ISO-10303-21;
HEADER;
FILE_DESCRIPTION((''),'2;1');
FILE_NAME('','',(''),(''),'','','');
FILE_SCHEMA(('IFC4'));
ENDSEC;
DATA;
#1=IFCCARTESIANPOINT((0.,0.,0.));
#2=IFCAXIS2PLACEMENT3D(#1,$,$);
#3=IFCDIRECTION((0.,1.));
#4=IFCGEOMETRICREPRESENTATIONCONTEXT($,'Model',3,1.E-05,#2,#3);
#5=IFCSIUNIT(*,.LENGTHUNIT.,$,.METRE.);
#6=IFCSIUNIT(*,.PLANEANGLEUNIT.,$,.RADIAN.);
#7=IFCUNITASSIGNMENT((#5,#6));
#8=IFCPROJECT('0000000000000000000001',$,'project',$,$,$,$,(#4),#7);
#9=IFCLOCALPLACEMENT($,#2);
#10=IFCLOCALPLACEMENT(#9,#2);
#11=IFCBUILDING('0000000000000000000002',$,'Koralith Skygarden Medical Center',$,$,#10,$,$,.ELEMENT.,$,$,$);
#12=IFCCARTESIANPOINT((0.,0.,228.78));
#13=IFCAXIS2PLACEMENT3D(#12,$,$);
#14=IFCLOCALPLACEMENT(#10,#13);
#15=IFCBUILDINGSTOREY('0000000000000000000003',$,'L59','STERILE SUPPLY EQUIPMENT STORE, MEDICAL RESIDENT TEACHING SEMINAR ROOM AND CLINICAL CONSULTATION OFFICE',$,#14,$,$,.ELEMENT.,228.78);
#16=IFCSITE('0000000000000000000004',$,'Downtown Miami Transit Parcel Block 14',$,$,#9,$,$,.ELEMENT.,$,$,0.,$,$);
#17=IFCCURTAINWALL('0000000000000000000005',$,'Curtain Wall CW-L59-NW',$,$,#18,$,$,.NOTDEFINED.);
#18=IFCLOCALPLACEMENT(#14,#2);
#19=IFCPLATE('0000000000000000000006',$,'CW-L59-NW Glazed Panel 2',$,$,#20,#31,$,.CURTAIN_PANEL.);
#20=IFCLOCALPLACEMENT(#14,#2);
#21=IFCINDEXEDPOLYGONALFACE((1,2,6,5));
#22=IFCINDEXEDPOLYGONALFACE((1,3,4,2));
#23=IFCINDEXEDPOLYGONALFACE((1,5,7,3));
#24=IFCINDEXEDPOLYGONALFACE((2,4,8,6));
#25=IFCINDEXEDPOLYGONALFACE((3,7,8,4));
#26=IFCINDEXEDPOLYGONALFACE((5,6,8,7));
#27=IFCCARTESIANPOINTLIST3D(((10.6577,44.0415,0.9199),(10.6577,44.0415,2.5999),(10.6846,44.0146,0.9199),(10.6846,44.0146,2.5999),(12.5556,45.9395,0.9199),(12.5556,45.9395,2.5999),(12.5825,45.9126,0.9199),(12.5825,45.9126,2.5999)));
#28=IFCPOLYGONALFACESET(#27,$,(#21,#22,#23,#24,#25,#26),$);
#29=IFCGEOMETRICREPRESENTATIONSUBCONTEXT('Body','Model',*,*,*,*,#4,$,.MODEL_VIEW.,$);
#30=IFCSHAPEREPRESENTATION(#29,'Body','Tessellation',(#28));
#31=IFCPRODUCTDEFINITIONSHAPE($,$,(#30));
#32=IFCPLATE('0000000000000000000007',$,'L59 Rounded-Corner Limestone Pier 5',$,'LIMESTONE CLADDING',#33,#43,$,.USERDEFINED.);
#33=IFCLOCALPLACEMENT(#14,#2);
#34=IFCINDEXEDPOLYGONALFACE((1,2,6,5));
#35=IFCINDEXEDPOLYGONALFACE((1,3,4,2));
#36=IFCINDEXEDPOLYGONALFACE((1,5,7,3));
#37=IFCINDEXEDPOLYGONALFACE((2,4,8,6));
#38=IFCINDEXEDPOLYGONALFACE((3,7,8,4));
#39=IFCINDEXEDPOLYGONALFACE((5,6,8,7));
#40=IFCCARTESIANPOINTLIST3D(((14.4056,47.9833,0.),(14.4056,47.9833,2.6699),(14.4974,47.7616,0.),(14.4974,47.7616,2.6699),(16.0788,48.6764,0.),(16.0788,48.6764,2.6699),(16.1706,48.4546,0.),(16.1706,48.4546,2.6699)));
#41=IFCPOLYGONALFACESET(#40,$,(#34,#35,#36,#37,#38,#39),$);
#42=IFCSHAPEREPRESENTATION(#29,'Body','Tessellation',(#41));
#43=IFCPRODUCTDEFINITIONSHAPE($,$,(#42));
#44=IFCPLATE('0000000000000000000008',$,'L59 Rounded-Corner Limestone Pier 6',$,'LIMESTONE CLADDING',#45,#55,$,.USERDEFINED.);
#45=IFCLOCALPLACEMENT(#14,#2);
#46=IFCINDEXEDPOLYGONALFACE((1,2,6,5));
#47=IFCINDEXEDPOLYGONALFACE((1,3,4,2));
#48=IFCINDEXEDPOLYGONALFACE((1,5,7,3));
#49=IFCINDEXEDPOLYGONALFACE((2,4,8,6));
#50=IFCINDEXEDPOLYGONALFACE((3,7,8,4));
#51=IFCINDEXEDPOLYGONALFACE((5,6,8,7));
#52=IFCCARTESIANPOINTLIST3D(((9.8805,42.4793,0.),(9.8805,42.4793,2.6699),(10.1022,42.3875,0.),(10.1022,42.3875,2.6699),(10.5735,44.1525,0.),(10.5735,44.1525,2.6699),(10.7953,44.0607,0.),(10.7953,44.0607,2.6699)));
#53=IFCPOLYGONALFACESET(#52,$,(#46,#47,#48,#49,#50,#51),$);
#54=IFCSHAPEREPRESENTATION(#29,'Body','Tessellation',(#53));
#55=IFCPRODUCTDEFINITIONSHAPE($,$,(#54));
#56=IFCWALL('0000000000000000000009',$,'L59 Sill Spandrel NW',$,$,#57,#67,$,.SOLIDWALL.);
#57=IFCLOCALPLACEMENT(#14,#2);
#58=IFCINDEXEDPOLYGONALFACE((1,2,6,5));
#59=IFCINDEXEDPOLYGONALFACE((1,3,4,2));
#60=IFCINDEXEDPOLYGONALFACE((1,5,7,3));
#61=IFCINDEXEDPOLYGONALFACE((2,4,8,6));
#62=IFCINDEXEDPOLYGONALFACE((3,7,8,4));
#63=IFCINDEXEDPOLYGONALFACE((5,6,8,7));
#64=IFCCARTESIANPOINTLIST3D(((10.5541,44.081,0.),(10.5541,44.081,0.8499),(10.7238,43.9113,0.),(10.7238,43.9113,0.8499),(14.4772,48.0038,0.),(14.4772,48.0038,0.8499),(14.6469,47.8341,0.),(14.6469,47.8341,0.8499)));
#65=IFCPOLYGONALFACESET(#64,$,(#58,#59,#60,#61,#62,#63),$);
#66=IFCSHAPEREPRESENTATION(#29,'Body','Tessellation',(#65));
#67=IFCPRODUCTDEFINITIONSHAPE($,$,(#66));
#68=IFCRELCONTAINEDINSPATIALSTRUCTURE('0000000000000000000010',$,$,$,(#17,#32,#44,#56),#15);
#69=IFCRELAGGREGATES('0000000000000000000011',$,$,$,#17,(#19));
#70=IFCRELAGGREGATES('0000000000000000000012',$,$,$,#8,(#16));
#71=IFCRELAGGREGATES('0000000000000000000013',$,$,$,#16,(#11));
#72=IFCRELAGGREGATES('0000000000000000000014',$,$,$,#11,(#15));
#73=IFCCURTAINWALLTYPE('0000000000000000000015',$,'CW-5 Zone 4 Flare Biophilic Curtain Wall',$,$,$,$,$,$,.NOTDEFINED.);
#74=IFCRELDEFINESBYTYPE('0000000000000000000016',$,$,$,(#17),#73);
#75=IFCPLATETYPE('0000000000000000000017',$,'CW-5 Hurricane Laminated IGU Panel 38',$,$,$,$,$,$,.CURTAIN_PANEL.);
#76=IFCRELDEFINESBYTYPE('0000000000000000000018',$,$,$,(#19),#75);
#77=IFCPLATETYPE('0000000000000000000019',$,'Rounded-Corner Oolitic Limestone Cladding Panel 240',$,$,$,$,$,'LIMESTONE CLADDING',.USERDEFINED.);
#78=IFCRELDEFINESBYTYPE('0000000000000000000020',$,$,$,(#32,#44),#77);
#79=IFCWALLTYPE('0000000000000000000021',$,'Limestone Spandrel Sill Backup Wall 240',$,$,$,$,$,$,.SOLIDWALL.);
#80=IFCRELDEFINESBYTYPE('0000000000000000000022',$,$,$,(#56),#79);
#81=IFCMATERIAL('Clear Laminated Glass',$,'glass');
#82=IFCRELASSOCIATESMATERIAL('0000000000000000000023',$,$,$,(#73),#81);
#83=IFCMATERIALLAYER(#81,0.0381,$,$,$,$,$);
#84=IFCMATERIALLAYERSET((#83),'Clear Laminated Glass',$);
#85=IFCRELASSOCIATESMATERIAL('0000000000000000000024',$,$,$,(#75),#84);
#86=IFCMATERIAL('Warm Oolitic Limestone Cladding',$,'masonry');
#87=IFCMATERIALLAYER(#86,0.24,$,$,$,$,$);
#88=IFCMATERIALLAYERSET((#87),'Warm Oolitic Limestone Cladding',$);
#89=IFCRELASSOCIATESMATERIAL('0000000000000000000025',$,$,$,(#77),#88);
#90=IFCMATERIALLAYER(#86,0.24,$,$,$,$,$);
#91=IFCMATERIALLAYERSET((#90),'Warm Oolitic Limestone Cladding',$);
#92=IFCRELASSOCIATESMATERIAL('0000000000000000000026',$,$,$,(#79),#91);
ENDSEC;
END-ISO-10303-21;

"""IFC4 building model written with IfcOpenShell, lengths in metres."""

from ifc_helpers import new_model, si_unit, direction, frame, frame_2d, origin, origin_2d, place, context, subcontext, project, spatial, rectangle, extrude, material, layer, layer_set, type_object, element, aggregate, save


model = new_model("IFC4")

# Units and contexts
model_context = context("Model", 3, precision=1e-05, world=origin(), true_north=direction((0.0, 1.0)))
body_context = subcontext(model_context, "Body", "Model", "MODEL_VIEW")
ifc_project = project(units=[si_unit("LENGTHUNIT", "METRE"), si_unit("PLANEANGLEUNIT", "RADIAN")], contexts=[model_context])

# Site, building, storey
site_placement = place(None, origin())
site = spatial("IfcSite", under=ifc_project, at=site_placement, Name="Downtown Miami Transit Parcel Block 14", CompositionType="ELEMENT", RefElevation=0.0)
building_placement = place(site_placement, origin())
building = spatial("IfcBuilding", under=site, at=building_placement, Name="Koralith Skygarden Medical Center", CompositionType="ELEMENT")
storey_placement = place(building_placement, frame((0.0, 0.0, 228.78)))
storey = spatial("IfcBuildingStorey", under=building, at=storey_placement, Name="L59", Description="STERILE SUPPLY EQUIPMENT STORE, MEDICAL RESIDENT TEACHING SEMINAR ROOM AND CLINICAL CONSULTATION OFFICE", CompositionType="ELEMENT", Elevation=228.78)

# Shared definitions
ifc_material_1 = material(Name="Clear Laminated Glass", Category="glass")
curtain_wall_type = type_object("IfcCurtainWallType", Name="CW-5 Zone 4 Flare Biophilic Curtain Wall", PredefinedType="NOTDEFINED", material=ifc_material_1)

# Curtain wall
curtain_wall_1_placement = place(storey_placement, origin())
curtain_wall_1 = element("IfcCurtainWall", 1, at=curtain_wall_1_placement, inside=storey, type_object=curtain_wall_type, Name="Curtain Wall CW-L59-NW", PredefinedType="NOTDEFINED")

# Plate
ifc_layer_1 = layer(ifc_material_1, 0.0381)
ifc_layer_set_1 = layer_set([ifc_layer_1], Name="Clear Laminated Glass")
plate_type_1 = type_object("IfcPlateType", Name="CW-5 Hurricane Laminated IGU Panel 38", PredefinedType="CURTAIN_PANEL", material=ifc_layer_set_1)
plate_1_placement = place(storey_placement, frame((11.6201, 44.9771, 0.9199), z_axis=(0.0, 0.0, 1.0), x_axis=(-0.707107, -0.707107, 0.0)))
plate_1 = element("IfcPlate", 2, at=plate_1_placement, type_object=plate_type_1, Name="CW-L59-NW Glazed Panel 2", PredefinedType="CURTAIN_PANEL", context=body_context, shape_type="SweptSolid", body=[
    extrude(rectangle(XDim=2.6841, YDim=0.0381, at=origin_2d()), origin(), (0.0, 0.0, 1.0), 1.6799),
])
aggregate(curtain_wall_1, [plate_1])

# Plates
ifc_material_2 = material(Name="Warm Oolitic Limestone Cladding", Category="masonry")
ifc_layer_2 = layer(ifc_material_2, 0.24)
ifc_layer_set_2 = layer_set([ifc_layer_2], Name="Warm Oolitic Limestone Cladding")
plate_type_2 = type_object("IfcPlateType", Name="Rounded-Corner Oolitic Limestone Cladding Panel 240", ElementType="LIMESTONE CLADDING", PredefinedType="USERDEFINED", material=ifc_layer_set_2)
for number, where, z_axis, x_axis, name in (
    (3, (15.2881, 48.219, 0.0), (0.0, 0.0, 1.0), (-0.923885, -0.382671, 0.0), "L59 Rounded-Corner Limestone Pier 5"),
    (4, (10.3379, 43.27, 0.0), (0.0, 0.0, 1.0), (-0.382671, -0.923885, 0.0), "L59 Rounded-Corner Limestone Pier 6"),
):
    element("IfcPlate", number, at=place(storey_placement, frame(where, z_axis=z_axis, x_axis=x_axis)), inside=storey, type_object=plate_type_2, Name=name, ObjectType="LIMESTONE CLADDING", PredefinedType="USERDEFINED", context=body_context, shape_type="SweptSolid", body=[
        extrude(rectangle(XDim=1.811, YDim=0.24, at=origin_2d()), origin(), (0.0, 0.0, 1.0), 2.6699),
    ])

# Wall
ifc_layer_3 = layer(ifc_material_2, 0.24)
ifc_layer_set_3 = layer_set([ifc_layer_3], Name="Warm Oolitic Limestone Cladding")
wall_type = type_object("IfcWallType", Name="Limestone Spandrel Sill Backup Wall 240", PredefinedType="SOLIDWALL", material=ifc_layer_set_3)
wall_placement = place(storey_placement, frame((14.562, 47.9189, 0.0), z_axis=(0.0, 0.0, 1.0), x_axis=(-0.707129, -0.707085, 0.0)))
element("IfcWall", 5, at=wall_placement, inside=storey, type_object=wall_type, Name="L59 Sill Spandrel NW", PredefinedType="SOLIDWALL", context=body_context, shape_type="SweptSolid", body=[
    extrude(rectangle(XDim=5.5479, YDim=0.24, at=frame_2d((2.7739, 0.0))), origin(), (0.0, 0.0, 1.0), 0.8499),
])

save(model, "model.ifc")
